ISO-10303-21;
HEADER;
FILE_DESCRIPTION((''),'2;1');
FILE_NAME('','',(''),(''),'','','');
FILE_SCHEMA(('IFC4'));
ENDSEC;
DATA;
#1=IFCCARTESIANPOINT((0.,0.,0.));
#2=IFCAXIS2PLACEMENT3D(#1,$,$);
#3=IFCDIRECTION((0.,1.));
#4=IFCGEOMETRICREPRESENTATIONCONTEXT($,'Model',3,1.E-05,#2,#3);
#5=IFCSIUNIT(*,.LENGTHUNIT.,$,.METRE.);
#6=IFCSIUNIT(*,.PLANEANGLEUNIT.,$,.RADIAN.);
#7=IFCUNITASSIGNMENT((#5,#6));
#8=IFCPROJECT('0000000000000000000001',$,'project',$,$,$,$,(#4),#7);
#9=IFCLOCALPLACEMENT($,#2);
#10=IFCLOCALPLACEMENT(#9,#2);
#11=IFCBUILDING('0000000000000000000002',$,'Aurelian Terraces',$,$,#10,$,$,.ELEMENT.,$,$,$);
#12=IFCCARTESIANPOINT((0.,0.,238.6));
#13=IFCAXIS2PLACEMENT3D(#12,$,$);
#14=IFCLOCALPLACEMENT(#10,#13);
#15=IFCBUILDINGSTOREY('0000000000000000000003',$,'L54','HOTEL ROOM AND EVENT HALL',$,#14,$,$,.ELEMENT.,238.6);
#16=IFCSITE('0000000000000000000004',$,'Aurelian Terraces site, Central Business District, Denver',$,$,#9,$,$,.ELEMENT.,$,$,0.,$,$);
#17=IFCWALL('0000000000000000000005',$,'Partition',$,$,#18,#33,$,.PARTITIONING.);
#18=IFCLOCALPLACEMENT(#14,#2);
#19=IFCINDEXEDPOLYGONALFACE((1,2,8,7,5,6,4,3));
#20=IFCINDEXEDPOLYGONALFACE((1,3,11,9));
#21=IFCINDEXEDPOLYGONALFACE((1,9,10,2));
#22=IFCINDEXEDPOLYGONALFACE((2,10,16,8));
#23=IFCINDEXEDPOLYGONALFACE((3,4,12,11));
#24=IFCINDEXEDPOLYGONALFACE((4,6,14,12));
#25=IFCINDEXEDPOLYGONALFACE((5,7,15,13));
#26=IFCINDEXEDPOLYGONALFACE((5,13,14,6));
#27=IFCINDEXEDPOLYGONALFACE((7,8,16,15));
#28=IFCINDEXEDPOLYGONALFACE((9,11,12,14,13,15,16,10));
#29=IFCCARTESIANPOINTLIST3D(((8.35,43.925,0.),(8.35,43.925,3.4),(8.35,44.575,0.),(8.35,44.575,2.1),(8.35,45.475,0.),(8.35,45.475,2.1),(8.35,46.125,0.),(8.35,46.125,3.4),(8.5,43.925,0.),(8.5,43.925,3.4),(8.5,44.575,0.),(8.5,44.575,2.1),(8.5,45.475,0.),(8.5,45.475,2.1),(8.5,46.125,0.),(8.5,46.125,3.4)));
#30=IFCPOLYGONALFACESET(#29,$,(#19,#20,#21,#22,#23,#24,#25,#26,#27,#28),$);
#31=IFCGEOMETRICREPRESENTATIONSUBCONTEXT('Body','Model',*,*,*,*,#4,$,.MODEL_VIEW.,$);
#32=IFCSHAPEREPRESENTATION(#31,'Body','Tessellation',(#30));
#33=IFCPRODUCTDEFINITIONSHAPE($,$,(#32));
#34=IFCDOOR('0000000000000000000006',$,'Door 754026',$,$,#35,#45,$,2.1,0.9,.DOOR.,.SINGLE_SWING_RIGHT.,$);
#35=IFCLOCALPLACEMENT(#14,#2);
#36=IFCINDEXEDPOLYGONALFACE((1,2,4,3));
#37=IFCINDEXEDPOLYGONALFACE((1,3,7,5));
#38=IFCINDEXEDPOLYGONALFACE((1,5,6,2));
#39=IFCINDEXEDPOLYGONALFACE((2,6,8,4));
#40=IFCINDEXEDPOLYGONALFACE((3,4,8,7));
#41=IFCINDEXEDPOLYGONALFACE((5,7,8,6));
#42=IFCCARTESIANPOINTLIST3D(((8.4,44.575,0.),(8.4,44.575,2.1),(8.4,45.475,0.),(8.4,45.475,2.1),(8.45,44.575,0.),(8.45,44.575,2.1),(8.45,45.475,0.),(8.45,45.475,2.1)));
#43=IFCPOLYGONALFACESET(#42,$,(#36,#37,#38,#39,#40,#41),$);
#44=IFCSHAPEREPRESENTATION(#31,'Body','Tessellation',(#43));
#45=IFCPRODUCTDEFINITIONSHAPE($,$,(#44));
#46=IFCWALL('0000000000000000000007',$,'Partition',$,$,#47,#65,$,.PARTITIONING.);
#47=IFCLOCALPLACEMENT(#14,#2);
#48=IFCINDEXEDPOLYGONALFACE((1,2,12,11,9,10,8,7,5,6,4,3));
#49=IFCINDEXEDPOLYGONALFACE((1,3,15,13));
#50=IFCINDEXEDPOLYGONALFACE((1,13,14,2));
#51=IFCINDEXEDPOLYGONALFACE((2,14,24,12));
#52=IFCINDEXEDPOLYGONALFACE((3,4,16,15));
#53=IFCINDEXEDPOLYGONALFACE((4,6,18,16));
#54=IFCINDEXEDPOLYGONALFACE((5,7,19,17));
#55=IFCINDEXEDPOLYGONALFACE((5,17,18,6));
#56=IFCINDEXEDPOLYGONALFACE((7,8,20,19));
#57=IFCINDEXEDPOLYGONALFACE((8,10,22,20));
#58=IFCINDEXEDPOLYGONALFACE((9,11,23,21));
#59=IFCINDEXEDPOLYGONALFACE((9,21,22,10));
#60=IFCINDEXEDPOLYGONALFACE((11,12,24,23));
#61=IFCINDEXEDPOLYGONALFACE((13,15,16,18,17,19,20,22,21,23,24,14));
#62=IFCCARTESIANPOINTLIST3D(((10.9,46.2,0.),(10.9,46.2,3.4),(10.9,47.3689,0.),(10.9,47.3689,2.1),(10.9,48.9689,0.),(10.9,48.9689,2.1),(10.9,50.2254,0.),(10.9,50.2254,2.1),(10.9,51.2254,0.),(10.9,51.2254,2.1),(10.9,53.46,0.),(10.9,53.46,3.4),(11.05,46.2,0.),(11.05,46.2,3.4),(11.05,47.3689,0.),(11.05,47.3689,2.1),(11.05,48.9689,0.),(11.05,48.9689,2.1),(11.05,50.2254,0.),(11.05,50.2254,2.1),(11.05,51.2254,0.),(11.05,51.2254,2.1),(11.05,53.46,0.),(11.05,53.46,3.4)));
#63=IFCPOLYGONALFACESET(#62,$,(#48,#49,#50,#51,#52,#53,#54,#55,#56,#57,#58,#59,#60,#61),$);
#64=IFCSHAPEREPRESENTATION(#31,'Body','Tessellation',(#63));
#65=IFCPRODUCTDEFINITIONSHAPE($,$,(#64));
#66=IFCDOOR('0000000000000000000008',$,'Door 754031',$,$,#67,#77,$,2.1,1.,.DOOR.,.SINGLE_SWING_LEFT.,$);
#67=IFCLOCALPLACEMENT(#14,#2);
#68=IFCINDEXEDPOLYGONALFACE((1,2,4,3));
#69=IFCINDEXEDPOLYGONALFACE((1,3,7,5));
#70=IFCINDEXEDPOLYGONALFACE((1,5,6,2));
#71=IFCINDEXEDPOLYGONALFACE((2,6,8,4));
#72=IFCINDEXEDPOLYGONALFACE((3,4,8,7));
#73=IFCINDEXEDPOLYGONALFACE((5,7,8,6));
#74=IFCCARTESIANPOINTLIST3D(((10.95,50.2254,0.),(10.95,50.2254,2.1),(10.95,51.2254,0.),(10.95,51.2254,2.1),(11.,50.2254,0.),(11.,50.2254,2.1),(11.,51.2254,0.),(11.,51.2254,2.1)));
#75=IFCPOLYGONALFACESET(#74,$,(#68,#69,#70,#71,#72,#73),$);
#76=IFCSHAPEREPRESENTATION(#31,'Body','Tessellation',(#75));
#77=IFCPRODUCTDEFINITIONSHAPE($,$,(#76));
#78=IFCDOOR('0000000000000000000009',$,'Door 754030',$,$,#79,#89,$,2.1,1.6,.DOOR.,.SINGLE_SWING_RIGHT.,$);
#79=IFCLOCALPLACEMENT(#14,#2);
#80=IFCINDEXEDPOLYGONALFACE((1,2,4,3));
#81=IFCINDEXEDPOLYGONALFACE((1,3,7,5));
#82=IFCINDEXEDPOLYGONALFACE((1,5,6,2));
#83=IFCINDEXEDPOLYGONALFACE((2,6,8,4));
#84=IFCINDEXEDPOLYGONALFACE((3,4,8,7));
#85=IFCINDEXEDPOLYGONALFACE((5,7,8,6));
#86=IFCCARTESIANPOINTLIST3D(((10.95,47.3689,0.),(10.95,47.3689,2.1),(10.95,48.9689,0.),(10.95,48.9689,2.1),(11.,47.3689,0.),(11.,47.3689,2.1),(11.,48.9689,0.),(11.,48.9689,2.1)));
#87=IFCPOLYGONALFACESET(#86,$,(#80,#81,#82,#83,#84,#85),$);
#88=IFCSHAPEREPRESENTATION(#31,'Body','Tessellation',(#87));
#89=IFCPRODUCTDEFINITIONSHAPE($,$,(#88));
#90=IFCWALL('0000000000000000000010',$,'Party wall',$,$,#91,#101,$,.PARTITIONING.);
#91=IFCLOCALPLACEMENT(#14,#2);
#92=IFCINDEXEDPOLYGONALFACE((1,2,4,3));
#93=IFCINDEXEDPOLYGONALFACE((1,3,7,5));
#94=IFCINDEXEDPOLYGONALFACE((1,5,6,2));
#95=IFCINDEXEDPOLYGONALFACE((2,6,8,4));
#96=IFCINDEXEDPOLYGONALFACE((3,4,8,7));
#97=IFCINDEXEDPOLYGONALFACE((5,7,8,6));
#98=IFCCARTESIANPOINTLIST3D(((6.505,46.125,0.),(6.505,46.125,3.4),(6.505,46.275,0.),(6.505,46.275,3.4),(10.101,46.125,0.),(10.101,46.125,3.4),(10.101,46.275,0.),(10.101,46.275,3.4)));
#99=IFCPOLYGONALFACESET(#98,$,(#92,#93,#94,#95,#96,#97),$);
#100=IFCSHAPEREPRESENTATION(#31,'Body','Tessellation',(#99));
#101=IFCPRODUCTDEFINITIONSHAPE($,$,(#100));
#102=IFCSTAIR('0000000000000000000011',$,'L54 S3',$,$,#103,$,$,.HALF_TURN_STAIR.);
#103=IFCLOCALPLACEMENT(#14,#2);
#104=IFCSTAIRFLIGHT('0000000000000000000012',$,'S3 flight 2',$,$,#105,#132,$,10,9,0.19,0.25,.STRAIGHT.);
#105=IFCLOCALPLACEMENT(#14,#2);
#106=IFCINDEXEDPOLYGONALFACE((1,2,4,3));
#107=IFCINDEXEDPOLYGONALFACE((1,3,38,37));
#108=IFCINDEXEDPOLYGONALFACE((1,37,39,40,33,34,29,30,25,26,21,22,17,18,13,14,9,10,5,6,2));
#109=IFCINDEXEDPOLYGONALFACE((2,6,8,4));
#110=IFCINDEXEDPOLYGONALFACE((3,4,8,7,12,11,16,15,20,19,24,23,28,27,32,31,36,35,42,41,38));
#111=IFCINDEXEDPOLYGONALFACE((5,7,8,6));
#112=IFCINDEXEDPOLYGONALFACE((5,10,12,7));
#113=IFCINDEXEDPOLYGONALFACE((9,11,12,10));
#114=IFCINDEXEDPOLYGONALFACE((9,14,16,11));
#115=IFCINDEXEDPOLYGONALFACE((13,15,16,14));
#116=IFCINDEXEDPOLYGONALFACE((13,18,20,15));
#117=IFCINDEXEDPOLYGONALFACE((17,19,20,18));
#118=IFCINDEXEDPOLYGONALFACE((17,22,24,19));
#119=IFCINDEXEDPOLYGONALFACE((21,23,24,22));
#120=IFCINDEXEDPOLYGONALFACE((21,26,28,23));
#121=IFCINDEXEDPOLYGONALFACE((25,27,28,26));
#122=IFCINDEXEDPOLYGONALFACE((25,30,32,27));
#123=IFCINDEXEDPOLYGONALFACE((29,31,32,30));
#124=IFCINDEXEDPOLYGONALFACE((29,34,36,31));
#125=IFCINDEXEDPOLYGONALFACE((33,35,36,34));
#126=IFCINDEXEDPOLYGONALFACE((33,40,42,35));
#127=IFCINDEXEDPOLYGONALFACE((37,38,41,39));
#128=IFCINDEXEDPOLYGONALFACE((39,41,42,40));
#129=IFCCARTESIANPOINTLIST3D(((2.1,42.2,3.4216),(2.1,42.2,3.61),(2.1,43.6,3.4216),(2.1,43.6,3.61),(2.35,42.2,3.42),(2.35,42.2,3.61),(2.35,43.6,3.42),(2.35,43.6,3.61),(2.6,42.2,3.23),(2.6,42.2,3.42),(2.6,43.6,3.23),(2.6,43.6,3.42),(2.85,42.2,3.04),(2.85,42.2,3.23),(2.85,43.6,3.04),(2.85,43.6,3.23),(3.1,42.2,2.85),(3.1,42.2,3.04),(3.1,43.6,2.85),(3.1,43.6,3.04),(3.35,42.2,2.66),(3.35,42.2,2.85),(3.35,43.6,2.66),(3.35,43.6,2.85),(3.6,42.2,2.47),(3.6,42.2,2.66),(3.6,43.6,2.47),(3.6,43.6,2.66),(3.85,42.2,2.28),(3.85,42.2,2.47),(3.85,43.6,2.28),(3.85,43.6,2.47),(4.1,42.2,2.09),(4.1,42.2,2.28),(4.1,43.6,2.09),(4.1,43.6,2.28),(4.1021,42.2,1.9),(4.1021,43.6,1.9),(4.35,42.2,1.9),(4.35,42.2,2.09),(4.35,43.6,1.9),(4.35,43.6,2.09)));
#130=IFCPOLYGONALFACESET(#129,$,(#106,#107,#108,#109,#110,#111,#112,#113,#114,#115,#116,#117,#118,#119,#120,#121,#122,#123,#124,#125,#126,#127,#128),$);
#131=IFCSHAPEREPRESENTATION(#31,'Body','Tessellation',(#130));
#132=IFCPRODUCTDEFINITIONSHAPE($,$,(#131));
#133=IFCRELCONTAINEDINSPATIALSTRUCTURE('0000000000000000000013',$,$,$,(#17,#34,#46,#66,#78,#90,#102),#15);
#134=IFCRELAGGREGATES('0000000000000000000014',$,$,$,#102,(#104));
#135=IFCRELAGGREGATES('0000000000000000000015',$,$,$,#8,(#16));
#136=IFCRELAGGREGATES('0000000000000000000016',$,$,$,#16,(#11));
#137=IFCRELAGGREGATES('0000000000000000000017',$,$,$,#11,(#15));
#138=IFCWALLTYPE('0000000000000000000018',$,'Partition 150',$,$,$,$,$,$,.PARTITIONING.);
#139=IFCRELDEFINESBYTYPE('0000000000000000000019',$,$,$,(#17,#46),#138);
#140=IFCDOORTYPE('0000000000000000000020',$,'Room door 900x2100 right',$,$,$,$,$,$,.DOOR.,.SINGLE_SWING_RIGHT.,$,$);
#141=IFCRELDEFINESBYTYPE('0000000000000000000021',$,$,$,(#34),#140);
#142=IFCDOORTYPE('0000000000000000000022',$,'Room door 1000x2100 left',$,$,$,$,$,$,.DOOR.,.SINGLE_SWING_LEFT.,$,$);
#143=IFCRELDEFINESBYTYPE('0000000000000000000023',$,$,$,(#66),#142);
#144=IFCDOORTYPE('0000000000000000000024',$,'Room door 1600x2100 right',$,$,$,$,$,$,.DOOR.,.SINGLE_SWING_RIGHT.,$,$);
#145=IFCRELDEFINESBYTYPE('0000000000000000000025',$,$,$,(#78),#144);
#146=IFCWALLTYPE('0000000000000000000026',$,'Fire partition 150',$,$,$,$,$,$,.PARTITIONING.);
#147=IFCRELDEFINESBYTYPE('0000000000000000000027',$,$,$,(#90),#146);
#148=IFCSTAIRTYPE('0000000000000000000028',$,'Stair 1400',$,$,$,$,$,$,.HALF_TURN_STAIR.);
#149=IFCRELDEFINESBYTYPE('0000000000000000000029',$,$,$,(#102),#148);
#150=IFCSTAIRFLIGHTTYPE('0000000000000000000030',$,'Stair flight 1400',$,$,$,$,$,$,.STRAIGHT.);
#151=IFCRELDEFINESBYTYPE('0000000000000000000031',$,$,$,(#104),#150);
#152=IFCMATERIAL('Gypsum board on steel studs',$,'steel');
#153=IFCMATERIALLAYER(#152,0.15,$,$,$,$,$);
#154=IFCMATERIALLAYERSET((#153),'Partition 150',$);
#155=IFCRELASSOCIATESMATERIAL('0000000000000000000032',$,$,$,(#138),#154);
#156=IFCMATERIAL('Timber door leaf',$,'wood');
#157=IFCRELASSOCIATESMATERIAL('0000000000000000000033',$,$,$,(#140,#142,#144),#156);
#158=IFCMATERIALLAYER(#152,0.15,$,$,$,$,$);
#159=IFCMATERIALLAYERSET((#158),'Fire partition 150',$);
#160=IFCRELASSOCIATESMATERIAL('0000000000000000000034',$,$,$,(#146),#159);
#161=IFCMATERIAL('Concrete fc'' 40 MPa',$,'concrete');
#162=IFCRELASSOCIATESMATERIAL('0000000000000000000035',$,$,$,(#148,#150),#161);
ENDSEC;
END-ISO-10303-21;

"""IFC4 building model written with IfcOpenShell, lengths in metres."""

from ifc_helpers import new_model, si_unit, direction, frame, frame_2d, origin, place, context, subcontext, project, spatial, polyline, rectangle, outline, extrude, source, transform, mapped, material, layer, layer_set, type_object, element, fill, aggregate, save


model = new_model("IFC4")

# Units and contexts
model_context = context("Model", 3, precision=1e-05, world=origin(), true_north=direction((0.0, 1.0)))
body_context = subcontext(model_context, "Body", "Model", "MODEL_VIEW")
ifc_project = project(units=[si_unit("LENGTHUNIT", "METRE"), si_unit("PLANEANGLEUNIT", "RADIAN")], contexts=[model_context])

# Site, building, storey
site_placement = place(None, origin())
site = spatial("IfcSite", under=ifc_project, at=site_placement, Name="Aurelian Terraces site, Central Business District, Denver", CompositionType="ELEMENT", RefElevation=0.0)
building_placement = place(site_placement, origin())
building = spatial("IfcBuilding", under=site, at=building_placement, Name="Aurelian Terraces", CompositionType="ELEMENT")
storey_placement = place(building_placement, frame((0.0, 0.0, 238.6)))
storey = spatial("IfcBuildingStorey", under=building, at=storey_placement, Name="L54", Description="HOTEL ROOM AND EVENT HALL", CompositionType="ELEMENT", Elevation=238.6)

# Shared definitions
ifc_material_1 = material(Name="Concrete fc' 40 MPa", Category="concrete")

# Shared definitions
ifc_material_2 = material(Name="Gypsum board on steel studs", Category="steel")
ifc_layer_1 = layer(ifc_material_2, 0.15)
ifc_layer_set_1 = layer_set([ifc_layer_1], Name="Partition 150")
wall_type_1 = type_object("IfcWallType", Name="Partition 150", PredefinedType="PARTITIONING", material=ifc_layer_set_1)

# Wall, opening, door
shared_shape_1 = source(origin(), body_context, "Body", "SweptSolid", [
    extrude(rectangle(XDim=2.2, YDim=0.15, at=frame_2d((1.1, 0.0))), origin(), (0.0, 0.0, 1.0), 3.4),
])
wall_1_placement = place(storey_placement, frame((8.425, 43.925, 0.0), z_axis=(0.0, 0.0, 1.0), x_axis=(0.0, 1.0, 0.0)))
wall_1 = element("IfcWall", 1, at=wall_1_placement, inside=storey, type_object=wall_type_1, Name="Partition", PredefinedType="PARTITIONING", context=body_context, shape_type="MappedRepresentation", body=[
    mapped(shared_shape_1, transform((0.0, 0.0, 0.0), scale=1.0)),
])
shared_shape_2 = source(origin(), body_context, "Body", "SweptSolid", [
    extrude(rectangle(XDim=0.9, YDim=2.1, at=frame_2d((0.45, 1.05))), frame((0.0, 0.085, 0.0), z_axis=(0.0, -1.0, 0.0), x_axis=(1.0, 0.0, 0.0)), (0.0, 0.0, 1.0), 0.17),
])
opening_1_placement = place(wall_1_placement, frame((0.65, 0.0, 0.0)))
opening_1 = element("IfcOpeningElement", 2, at=opening_1_placement, cuts=wall_1, PredefinedType="OPENING", context=body_context, shape_type="MappedRepresentation", body=[
    mapped(shared_shape_2, transform((0.0, 0.0, 0.0), scale=1.0)),
])
ifc_material_3 = material(Name="Timber door leaf", Category="wood")
door_type_1 = type_object("IfcDoorType", Name="Room door 900x2100 right", OperationType="SINGLE_SWING_RIGHT", PredefinedType="DOOR", material=ifc_material_3)
shared_shape_3 = source(origin(), body_context, "Body", "SweptSolid", [
    extrude(rectangle(XDim=0.9, YDim=2.1, at=frame_2d((0.45, 1.05))), frame((0.0, 0.025, 0.0), z_axis=(0.0, -1.0, 0.0), x_axis=(1.0, 0.0, 0.0)), (0.0, 0.0, 1.0), 0.05),
])
door_1_placement = place(opening_1_placement, origin())
door_1 = element("IfcDoor", 3, at=door_1_placement, inside=storey, type_object=door_type_1, Name="Door 754026", OperationType="SINGLE_SWING_RIGHT", OverallHeight=2.1, OverallWidth=0.9, PredefinedType="DOOR", context=body_context, shape_type="MappedRepresentation", body=[
    mapped(shared_shape_3, transform((0.0, 0.0, 0.0), scale=1.0)),
])
fill(opening_1, door_1)

# Wall, openings, doors
shared_shape_4 = source(origin(), body_context, "Body", "SweptSolid", [
    extrude(rectangle(XDim=7.26, YDim=0.15, at=frame_2d((3.63, 0.0))), origin(), (0.0, 0.0, 1.0), 3.4),
])
wall_2_placement = place(storey_placement, frame((10.975, 46.2, 0.0), z_axis=(0.0, 0.0, 1.0), x_axis=(0.0, 1.0, 0.0)))
wall_2 = element("IfcWall", 4, at=wall_2_placement, inside=storey, type_object=wall_type_1, Name="Partition", PredefinedType="PARTITIONING", context=body_context, shape_type="MappedRepresentation", body=[
    mapped(shared_shape_4, transform((0.0, 0.0, 0.0), scale=1.0)),
])
shared_shape_5 = source(origin(), body_context, "Body", "SweptSolid", [
    extrude(rectangle(XDim=1.6, YDim=2.1, at=frame_2d((0.8, 1.05))), frame((0.0, 0.085, 0.0), z_axis=(0.0, -1.0, 0.0), x_axis=(1.0, 0.0, 0.0)), (0.0, 0.0, 1.0), 0.17),
])
opening_2_placement = place(wall_2_placement, frame((1.1689, 0.0, 0.0)))
opening_2 = element("IfcOpeningElement", 5, at=opening_2_placement, cuts=wall_2, PredefinedType="OPENING", context=body_context, shape_type="MappedRepresentation", body=[
    mapped(shared_shape_5, transform((0.0, 0.0, 0.0), scale=1.0)),
])
shared_shape_6 = source(origin(), body_context, "Body", "SweptSolid", [
    extrude(rectangle(XDim=1.0, YDim=2.1, at=frame_2d((0.5, 1.05))), frame((0.0, 0.085, 0.0), z_axis=(0.0, -1.0, 0.0), x_axis=(1.0, 0.0, 0.0)), (0.0, 0.0, 1.0), 0.17),
])
opening_3_placement = place(wall_2_placement, frame((4.0254, 0.0, 0.0)))
opening_3 = element("IfcOpeningElement", 6, at=opening_3_placement, cuts=wall_2, PredefinedType="OPENING", context=body_context, shape_type="MappedRepresentation", body=[
    mapped(shared_shape_6, transform((0.0, 0.0, 0.0), scale=1.0)),
])
door_type_2 = type_object("IfcDoorType", Name="Room door 1000x2100 left", OperationType="SINGLE_SWING_LEFT", PredefinedType="DOOR", material=ifc_material_3)
shared_shape_7 = source(origin(), body_context, "Body", "SweptSolid", [
    extrude(rectangle(XDim=1.0, YDim=2.1, at=frame_2d((0.5, 1.05))), frame((0.0, 0.025, 0.0), z_axis=(0.0, -1.0, 0.0), x_axis=(1.0, 0.0, 0.0)), (0.0, 0.0, 1.0), 0.05),
])
door_2_placement = place(opening_3_placement, origin())
door_2 = element("IfcDoor", 7, at=door_2_placement, inside=storey, type_object=door_type_2, Name="Door 754031", OperationType="SINGLE_SWING_LEFT", OverallHeight=2.1, OverallWidth=1.0, PredefinedType="DOOR", context=body_context, shape_type="MappedRepresentation", body=[
    mapped(shared_shape_7, transform((0.0, 0.0, 0.0), scale=1.0)),
])
fill(opening_3, door_2)
door_type_3 = type_object("IfcDoorType", Name="Room door 1600x2100 right", OperationType="SINGLE_SWING_RIGHT", PredefinedType="DOOR", material=ifc_material_3)
shared_shape_8 = source(origin(), body_context, "Body", "SweptSolid", [
    extrude(rectangle(XDim=1.6, YDim=2.1, at=frame_2d((0.8, 1.05))), frame((0.0, 0.025, 0.0), z_axis=(0.0, -1.0, 0.0), x_axis=(1.0, 0.0, 0.0)), (0.0, 0.0, 1.0), 0.05),
])
door_3_placement = place(opening_2_placement, origin())
door_3 = element("IfcDoor", 8, at=door_3_placement, inside=storey, type_object=door_type_3, Name="Door 754030", OperationType="SINGLE_SWING_RIGHT", OverallHeight=2.1, OverallWidth=1.6, PredefinedType="DOOR", context=body_context, shape_type="MappedRepresentation", body=[
    mapped(shared_shape_8, transform((0.0, 0.0, 0.0), scale=1.0)),
])
fill(opening_2, door_3)

# Wall
ifc_layer_2 = layer(ifc_material_2, 0.15)
ifc_layer_set_2 = layer_set([ifc_layer_2], Name="Fire partition 150")
wall_type_2 = type_object("IfcWallType", Name="Fire partition 150", PredefinedType="PARTITIONING", material=ifc_layer_set_2)
shared_shape_9 = source(origin(), body_context, "Body", "SweptSolid", [
    extrude(rectangle(XDim=3.596, YDim=0.15, at=frame_2d((1.798, 0.0))), origin(), (0.0, 0.0, 1.0), 3.4),
])
wall_3_placement = place(storey_placement, frame((10.101, 46.2, 0.0), z_axis=(0.0, 0.0, 1.0), x_axis=(-1.0, 0.0, 0.0)))
element("IfcWall", 9, at=wall_3_placement, inside=storey, type_object=wall_type_2, Name="Party wall", PredefinedType="PARTITIONING", context=body_context, shape_type="MappedRepresentation", body=[
    mapped(shared_shape_9, transform((0.0, 0.0, 0.0), scale=1.0)),
])

# Stair, stair flight
stair_type = type_object("IfcStairType", Name="Stair 1400", PredefinedType="HALF_TURN_STAIR", material=ifc_material_1)
stair_placement = place(storey_placement, origin())
stair = element("IfcStair", 10, at=stair_placement, inside=storey, type_object=stair_type, Name="L54 S3", PredefinedType="HALF_TURN_STAIR")
stair_flight_type = type_object("IfcStairFlightType", Name="Stair flight 1400", PredefinedType="STRAIGHT", material=ifc_material_1)
shared_shape_10 = source(origin(), body_context, "Body", "SweptSolid", [
    extrude(outline(polyline([(0.0, 0.0), (0.0, 0.19), (0.25, 0.19), (0.25, 0.38), (0.5, 0.38), (0.5, 0.57), (0.75, 0.57), (0.75, 0.76), (1.0, 0.76), (1.0, 0.95), (1.25, 0.95), (1.25, 1.14), (1.5, 1.14), (1.5, 1.33), (1.75, 1.33), (1.75, 1.52), (2.0, 1.52), (2.0, 1.71), (2.25, 1.71), (2.25, 1.9), (2.25, 1.5216), (0.2479, 0.0), (0.0, 0.0)])), frame((0.0, 0.7, 0.0), z_axis=(0.0, -1.0, 0.0), x_axis=(1.0, 0.0, 0.0)), (0.0, 0.0, 1.0), 1.4),
])
stair_flight_placement = place(storey_placement, frame((4.35, 42.9, 1.9), z_axis=(0.0, 0.0, 1.0), x_axis=(-1.0, 0.0, 0.0)))
stair_flight = element("IfcStairFlight", 11, at=stair_flight_placement, type_object=stair_flight_type, Name="S3 flight 2", NumberOfRisers=10, NumberOfTreads=9, PredefinedType="STRAIGHT", RiserHeight=0.19, TreadLength=0.25, context=body_context, shape_type="MappedRepresentation", body=[
    mapped(shared_shape_10, transform((0.0, 0.0, 0.0), scale=1.0)),
])
aggregate(stair, [stair_flight])

save(model, "model.ifc")
